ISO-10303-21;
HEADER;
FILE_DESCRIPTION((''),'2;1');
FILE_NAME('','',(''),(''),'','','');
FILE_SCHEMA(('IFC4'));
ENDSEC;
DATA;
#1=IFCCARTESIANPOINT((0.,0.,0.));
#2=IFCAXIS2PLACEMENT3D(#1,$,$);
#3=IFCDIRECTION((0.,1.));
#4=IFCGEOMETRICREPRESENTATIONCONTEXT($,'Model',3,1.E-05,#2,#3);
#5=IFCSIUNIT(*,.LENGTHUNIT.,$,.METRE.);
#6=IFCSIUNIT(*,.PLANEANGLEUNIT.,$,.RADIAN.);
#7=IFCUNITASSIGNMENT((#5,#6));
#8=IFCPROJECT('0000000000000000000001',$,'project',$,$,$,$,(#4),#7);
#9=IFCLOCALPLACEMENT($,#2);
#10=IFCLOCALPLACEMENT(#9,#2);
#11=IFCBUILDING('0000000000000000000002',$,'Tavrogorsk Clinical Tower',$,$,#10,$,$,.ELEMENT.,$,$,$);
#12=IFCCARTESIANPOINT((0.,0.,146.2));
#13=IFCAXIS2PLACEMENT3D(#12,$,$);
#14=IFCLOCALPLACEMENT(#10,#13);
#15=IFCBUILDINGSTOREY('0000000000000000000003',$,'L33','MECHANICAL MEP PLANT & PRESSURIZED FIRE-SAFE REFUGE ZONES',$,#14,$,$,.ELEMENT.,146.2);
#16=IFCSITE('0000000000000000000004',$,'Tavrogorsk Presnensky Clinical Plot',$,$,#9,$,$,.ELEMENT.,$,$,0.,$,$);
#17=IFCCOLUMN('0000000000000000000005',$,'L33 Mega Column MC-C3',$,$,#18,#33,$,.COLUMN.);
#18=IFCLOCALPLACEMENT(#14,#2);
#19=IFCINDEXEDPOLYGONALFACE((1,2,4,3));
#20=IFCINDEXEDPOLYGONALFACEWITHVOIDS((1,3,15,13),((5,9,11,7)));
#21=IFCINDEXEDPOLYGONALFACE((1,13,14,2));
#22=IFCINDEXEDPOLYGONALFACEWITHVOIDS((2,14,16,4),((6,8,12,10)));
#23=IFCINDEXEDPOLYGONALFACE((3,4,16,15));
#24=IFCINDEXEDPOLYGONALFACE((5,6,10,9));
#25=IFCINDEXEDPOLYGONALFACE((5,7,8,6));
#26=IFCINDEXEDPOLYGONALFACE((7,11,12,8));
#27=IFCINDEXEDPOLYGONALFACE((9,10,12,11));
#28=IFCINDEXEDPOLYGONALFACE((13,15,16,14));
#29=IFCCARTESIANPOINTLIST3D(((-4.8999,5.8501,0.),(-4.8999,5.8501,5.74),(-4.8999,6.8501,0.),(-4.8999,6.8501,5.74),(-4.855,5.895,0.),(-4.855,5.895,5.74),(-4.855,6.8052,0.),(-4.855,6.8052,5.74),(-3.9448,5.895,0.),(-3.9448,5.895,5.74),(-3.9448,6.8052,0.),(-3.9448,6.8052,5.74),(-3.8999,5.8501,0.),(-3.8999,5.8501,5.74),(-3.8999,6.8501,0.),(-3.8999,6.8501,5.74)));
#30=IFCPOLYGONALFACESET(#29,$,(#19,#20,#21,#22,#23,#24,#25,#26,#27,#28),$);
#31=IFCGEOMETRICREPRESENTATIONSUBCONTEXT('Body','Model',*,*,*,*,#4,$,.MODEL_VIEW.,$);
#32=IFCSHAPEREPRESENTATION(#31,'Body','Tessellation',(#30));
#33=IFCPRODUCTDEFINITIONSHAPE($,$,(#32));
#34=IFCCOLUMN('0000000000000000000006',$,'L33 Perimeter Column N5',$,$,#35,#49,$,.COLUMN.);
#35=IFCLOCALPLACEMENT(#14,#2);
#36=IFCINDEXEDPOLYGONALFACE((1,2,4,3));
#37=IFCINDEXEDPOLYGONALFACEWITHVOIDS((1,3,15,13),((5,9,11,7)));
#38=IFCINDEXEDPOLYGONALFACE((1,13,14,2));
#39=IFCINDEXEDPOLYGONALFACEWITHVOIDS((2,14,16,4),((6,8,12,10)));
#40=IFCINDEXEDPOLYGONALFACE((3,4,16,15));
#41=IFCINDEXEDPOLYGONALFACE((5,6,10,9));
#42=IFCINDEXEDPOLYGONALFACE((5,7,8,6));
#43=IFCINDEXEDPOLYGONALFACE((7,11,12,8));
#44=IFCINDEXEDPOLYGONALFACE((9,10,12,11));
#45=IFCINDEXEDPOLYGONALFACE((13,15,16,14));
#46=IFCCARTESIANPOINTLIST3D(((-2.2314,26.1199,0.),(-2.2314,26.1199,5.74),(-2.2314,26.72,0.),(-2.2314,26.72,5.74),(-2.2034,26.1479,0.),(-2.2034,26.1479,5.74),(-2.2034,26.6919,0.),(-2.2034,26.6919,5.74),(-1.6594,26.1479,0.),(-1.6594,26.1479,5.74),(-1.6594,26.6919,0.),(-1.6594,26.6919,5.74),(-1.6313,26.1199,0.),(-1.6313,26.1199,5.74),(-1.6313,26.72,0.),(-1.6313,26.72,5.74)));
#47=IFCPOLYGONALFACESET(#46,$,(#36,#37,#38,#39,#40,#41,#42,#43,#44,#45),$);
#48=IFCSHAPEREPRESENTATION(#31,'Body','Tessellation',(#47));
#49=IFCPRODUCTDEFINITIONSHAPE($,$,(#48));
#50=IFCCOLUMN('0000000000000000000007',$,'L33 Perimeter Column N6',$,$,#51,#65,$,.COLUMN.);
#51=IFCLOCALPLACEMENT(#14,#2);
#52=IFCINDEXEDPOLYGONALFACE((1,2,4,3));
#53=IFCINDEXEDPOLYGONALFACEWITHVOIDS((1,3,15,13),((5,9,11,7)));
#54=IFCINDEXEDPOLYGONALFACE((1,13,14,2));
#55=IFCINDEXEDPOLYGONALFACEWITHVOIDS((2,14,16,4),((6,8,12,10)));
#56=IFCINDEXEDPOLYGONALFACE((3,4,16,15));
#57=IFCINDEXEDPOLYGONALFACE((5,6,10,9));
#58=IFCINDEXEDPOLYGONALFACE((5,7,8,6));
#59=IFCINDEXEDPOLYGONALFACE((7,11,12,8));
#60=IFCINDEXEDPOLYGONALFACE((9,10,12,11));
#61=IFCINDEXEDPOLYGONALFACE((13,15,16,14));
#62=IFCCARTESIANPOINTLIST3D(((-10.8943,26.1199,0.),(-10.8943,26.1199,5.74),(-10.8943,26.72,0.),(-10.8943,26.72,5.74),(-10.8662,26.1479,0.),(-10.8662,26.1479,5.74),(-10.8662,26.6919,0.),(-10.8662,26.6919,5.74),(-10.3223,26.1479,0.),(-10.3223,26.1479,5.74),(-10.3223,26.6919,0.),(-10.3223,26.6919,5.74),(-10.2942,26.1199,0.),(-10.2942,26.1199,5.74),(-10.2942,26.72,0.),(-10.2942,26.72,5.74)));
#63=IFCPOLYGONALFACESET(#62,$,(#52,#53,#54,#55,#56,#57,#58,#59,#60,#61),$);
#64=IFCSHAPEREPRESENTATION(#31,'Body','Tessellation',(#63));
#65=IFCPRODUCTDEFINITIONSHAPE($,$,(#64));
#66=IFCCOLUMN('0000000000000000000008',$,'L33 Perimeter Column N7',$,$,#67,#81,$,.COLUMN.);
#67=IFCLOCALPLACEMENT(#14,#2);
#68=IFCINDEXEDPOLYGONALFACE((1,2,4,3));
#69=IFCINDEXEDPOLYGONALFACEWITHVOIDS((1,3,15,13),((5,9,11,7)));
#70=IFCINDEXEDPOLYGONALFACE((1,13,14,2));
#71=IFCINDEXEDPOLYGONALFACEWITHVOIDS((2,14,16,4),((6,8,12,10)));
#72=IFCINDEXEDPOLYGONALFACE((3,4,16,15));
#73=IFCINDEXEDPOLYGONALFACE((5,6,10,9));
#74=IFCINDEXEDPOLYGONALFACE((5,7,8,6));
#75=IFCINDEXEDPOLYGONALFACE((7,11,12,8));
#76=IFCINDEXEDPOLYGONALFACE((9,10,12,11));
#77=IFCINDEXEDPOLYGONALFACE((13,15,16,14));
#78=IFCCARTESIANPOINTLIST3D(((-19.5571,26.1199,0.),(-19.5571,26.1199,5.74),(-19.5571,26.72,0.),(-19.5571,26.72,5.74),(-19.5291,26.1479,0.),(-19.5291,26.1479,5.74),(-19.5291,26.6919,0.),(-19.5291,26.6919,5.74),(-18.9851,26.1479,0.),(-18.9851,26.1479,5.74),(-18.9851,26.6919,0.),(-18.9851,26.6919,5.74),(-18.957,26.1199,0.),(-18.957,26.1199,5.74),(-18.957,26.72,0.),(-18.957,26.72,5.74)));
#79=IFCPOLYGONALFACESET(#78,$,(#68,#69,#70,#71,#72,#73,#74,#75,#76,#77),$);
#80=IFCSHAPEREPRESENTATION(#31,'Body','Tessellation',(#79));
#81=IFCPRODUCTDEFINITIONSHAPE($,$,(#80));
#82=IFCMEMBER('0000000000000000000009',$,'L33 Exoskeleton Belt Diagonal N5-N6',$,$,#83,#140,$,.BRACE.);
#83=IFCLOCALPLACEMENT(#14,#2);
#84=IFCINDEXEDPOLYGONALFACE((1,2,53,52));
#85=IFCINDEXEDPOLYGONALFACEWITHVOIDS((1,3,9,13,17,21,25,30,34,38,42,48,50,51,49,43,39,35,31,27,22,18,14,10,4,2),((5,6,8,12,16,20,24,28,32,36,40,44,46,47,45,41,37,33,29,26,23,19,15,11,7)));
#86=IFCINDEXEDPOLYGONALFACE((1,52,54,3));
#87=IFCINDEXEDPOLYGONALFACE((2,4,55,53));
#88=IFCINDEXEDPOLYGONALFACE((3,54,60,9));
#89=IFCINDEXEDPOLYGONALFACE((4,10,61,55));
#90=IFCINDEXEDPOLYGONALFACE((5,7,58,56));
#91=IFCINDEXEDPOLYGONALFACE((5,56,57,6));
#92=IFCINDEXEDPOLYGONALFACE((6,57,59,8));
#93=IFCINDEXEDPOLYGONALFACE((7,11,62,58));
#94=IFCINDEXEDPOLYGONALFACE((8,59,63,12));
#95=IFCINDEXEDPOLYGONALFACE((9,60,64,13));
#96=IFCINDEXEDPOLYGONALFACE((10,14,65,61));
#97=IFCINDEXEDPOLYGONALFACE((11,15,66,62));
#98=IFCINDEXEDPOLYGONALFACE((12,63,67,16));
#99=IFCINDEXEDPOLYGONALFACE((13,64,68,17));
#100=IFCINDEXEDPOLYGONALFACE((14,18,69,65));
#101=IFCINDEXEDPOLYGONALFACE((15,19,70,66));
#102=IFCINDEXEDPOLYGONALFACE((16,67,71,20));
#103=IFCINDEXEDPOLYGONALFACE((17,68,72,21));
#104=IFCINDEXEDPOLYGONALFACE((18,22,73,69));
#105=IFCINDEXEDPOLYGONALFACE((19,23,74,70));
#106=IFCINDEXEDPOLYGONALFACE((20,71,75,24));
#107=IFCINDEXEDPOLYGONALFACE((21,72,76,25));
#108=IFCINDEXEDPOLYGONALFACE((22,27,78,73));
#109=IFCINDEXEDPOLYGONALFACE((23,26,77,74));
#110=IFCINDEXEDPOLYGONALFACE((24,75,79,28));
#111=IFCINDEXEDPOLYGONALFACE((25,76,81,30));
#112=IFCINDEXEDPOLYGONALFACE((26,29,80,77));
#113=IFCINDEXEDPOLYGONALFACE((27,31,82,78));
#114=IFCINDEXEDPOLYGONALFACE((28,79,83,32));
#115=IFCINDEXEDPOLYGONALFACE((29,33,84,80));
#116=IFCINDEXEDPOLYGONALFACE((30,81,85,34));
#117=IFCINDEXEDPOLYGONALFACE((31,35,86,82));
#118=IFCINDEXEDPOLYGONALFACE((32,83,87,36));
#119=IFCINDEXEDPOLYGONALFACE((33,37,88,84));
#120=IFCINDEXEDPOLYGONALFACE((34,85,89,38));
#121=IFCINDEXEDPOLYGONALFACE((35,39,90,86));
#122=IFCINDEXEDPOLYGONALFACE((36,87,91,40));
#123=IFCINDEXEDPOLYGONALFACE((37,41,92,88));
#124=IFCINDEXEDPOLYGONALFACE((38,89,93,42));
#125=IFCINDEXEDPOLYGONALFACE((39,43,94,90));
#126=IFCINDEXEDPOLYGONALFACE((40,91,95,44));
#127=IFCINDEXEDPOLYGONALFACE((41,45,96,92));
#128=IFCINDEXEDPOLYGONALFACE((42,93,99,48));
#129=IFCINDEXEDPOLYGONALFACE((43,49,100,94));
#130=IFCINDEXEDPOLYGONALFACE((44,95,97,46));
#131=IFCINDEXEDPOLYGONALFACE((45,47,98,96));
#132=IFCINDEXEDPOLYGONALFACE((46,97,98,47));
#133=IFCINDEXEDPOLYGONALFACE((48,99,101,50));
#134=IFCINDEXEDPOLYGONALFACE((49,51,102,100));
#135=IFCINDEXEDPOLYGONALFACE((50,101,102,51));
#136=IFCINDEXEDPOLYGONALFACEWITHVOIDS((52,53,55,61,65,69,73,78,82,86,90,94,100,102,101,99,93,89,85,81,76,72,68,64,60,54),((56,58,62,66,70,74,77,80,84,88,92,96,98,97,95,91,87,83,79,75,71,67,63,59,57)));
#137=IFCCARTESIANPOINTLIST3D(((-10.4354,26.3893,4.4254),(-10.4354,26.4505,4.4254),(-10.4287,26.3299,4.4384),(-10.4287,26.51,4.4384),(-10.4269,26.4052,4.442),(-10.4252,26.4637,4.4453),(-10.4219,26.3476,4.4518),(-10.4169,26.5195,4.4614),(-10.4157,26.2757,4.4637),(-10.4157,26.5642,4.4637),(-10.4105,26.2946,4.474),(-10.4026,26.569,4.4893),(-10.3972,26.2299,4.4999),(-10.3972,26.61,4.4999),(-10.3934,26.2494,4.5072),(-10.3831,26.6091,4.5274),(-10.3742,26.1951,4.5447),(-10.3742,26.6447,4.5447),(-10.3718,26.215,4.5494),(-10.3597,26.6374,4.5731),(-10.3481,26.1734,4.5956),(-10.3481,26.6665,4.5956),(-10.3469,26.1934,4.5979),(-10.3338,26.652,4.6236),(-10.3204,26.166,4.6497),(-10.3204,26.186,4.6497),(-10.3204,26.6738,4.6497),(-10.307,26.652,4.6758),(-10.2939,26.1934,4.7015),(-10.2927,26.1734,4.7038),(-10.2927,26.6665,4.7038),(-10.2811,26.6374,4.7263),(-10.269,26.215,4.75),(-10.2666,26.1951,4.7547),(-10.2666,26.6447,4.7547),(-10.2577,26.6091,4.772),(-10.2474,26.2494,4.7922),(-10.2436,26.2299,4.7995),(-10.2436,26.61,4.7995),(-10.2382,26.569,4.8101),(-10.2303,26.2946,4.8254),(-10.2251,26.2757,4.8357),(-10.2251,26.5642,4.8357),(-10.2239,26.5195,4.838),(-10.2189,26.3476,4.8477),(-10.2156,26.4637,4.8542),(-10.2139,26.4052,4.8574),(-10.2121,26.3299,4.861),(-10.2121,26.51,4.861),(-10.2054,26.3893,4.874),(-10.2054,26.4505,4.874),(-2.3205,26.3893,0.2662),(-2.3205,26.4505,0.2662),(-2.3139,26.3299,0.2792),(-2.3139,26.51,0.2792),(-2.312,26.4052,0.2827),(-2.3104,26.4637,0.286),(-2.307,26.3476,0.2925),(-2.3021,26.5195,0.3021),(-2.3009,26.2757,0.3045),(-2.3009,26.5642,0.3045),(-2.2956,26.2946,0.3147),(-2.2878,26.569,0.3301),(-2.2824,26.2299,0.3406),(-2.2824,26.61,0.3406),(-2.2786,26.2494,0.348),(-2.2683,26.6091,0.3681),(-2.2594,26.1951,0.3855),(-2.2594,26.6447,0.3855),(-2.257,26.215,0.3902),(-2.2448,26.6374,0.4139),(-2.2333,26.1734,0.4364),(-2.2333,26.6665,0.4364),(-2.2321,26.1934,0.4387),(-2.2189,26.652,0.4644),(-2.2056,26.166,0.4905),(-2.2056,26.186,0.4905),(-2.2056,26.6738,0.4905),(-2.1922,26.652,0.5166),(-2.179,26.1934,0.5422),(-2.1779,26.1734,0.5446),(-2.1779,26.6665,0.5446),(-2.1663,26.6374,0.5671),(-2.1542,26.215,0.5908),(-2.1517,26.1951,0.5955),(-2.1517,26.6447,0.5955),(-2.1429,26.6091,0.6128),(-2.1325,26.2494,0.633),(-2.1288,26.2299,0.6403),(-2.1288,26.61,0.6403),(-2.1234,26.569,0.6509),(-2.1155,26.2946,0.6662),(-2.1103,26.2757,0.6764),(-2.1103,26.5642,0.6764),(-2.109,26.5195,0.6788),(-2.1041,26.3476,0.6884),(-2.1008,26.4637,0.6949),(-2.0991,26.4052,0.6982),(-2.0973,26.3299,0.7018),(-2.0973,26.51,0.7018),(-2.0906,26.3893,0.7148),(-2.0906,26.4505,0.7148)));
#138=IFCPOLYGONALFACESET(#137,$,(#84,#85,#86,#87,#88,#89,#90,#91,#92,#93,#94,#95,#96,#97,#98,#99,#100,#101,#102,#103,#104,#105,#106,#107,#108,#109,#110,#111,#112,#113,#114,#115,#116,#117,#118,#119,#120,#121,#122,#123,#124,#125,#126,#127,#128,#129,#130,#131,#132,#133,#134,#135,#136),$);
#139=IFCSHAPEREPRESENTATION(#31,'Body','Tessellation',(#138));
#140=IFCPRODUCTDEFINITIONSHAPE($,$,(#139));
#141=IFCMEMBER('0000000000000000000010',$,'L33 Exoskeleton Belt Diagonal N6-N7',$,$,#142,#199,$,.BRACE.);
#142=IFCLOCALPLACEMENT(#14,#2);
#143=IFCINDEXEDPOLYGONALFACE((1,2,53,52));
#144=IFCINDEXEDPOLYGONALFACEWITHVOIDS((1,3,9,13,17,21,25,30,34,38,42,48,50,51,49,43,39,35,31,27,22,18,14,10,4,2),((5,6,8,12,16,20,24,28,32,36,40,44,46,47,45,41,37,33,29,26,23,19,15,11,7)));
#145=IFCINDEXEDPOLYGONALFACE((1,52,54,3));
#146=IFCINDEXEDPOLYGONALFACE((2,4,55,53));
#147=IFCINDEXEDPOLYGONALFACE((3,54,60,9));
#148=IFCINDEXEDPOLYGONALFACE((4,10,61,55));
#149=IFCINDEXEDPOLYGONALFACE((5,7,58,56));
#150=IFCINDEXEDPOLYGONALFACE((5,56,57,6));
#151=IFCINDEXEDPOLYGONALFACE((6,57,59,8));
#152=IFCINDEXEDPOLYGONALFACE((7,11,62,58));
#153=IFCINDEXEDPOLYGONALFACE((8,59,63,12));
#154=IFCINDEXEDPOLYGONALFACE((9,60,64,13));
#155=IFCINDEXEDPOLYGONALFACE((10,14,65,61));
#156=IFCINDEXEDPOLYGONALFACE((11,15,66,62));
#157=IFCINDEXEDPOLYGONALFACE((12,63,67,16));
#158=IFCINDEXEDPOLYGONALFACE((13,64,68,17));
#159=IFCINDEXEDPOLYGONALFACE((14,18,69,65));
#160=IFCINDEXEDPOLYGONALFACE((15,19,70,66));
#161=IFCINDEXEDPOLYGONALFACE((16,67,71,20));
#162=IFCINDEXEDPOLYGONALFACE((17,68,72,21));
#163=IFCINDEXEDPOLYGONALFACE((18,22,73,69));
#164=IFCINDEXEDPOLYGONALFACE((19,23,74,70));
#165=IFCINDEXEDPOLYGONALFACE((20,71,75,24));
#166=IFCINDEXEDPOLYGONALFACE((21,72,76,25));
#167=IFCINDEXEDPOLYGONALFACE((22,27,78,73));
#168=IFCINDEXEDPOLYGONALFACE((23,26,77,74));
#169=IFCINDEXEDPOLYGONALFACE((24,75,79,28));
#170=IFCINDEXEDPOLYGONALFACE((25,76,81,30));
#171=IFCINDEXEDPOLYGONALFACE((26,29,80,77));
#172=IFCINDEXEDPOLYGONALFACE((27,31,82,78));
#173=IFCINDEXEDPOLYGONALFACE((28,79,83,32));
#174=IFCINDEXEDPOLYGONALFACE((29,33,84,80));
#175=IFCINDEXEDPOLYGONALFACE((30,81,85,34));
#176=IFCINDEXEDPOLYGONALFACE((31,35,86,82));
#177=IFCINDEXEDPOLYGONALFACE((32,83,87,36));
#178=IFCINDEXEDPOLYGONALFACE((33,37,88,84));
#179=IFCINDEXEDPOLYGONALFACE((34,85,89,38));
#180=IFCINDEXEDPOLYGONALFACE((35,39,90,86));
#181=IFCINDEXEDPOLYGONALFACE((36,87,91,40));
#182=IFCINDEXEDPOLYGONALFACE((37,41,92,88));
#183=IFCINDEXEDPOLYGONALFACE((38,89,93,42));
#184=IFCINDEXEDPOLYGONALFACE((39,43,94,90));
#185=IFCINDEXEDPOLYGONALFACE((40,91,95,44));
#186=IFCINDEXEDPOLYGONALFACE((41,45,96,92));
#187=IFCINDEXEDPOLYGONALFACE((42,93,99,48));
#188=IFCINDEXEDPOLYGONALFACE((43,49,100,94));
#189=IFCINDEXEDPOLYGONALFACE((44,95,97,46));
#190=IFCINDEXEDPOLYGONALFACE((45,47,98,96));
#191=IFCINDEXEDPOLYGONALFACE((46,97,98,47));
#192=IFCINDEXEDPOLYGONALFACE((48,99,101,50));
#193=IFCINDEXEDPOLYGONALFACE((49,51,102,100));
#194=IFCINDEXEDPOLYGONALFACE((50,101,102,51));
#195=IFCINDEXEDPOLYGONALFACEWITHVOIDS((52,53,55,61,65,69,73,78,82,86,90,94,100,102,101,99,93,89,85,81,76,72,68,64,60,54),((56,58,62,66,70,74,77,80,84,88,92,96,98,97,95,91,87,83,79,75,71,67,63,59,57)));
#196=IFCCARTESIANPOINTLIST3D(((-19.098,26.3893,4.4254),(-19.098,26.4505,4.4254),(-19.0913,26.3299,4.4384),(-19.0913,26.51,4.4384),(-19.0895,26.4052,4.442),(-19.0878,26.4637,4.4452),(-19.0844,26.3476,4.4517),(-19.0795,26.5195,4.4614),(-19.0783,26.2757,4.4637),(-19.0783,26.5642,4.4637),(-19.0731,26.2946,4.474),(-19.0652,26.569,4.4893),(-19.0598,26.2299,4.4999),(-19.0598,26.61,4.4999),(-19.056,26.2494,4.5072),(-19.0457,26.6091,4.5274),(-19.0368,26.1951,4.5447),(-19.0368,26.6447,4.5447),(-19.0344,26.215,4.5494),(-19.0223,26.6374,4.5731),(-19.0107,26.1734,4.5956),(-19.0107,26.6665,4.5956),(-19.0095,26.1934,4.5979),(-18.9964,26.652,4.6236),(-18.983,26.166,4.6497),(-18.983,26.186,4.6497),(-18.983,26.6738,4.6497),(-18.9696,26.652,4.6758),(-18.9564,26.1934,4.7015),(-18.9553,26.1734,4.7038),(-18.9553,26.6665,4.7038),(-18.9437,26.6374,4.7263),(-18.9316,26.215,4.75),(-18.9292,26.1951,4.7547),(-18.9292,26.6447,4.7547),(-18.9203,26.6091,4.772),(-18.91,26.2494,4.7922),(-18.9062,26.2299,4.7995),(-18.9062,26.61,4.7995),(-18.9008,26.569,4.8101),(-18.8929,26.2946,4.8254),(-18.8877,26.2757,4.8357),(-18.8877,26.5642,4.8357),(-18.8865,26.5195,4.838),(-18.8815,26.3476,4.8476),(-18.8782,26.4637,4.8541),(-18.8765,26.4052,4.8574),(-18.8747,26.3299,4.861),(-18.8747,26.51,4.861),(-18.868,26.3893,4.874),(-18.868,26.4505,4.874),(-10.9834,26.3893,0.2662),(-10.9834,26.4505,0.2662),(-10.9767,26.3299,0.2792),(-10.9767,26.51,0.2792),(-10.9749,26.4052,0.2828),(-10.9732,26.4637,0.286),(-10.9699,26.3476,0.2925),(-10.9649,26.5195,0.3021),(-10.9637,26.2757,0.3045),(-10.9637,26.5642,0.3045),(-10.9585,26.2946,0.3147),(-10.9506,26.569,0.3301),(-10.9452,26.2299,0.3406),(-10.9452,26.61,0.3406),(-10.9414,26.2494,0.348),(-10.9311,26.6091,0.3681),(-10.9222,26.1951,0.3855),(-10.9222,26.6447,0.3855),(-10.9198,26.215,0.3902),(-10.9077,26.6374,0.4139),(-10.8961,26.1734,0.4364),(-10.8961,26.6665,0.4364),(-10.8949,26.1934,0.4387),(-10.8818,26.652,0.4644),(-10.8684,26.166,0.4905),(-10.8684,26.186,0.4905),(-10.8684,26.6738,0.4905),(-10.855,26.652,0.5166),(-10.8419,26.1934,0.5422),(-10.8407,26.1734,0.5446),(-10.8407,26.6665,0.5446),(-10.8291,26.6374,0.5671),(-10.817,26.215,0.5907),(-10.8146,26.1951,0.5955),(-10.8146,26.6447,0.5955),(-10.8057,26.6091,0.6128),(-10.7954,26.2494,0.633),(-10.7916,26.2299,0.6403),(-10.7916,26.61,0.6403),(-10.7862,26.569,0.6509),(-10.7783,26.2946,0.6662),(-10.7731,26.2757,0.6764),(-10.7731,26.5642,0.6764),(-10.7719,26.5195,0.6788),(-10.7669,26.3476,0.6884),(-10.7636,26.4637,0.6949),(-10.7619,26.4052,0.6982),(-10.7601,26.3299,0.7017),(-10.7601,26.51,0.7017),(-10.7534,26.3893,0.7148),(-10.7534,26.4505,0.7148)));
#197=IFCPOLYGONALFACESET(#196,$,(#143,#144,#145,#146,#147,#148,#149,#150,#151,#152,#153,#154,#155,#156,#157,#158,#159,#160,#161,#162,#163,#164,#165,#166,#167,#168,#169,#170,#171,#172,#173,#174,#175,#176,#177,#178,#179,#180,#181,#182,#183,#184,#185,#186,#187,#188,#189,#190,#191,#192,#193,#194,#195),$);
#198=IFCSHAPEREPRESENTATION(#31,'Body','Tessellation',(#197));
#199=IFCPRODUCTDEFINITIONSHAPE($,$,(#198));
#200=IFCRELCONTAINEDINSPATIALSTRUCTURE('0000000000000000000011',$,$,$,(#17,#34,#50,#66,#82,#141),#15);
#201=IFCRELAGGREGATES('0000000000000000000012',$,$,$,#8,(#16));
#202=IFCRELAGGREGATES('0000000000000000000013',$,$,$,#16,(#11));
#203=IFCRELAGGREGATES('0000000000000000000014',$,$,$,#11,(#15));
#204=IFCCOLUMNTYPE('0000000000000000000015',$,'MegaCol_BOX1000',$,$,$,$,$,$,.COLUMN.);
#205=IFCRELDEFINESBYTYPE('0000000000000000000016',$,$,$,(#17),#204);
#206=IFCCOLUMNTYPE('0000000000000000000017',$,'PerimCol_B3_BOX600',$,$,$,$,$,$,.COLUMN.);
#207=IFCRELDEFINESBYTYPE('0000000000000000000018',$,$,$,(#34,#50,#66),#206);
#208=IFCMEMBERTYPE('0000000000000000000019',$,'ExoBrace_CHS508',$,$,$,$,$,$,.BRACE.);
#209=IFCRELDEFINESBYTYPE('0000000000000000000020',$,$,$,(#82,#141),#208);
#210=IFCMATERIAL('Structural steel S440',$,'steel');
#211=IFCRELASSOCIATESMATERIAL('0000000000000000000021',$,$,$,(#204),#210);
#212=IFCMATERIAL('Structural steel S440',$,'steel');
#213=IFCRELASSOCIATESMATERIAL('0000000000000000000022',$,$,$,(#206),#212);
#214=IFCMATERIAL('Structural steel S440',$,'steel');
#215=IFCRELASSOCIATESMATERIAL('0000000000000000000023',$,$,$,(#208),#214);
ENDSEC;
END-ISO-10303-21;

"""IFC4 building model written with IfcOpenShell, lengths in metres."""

from ifc_helpers import new_model, si_unit, direction, frame, origin, origin_2d, place, context, subcontext, project, spatial, hollow_rectangle, hollow_circle, extrude, material, material_profile, profile_set, type_object, element, save


model = new_model("IFC4")

# Units and contexts
model_context = context("Model", 3, precision=1e-05, world=origin(), true_north=direction((0.0, 1.0)))
body_context = subcontext(model_context, "Body", "Model", "MODEL_VIEW")
ifc_project = project(units=[si_unit("LENGTHUNIT", "METRE"), si_unit("PLANEANGLEUNIT", "RADIAN")], contexts=[model_context])

# Site, building, storey
site_placement = place(None, origin())
site = spatial("IfcSite", under=ifc_project, at=site_placement, Name="Tavrogorsk Presnensky Clinical Plot", CompositionType="ELEMENT", RefElevation=0.0)
building_placement = place(site_placement, origin())
building = spatial("IfcBuilding", under=site, at=building_placement, Name="Tavrogorsk Clinical Tower", CompositionType="ELEMENT")
storey_placement = place(building_placement, frame((0.0, 0.0, 146.2)))
storey = spatial("IfcBuildingStorey", under=building, at=storey_placement, Name="L33", Description="MECHANICAL MEP PLANT & PRESSURIZED FIRE-SAFE REFUGE ZONES", CompositionType="ELEMENT", Elevation=146.2)

# Columns
ifc_material_1 = material(Name="Structural steel S440", Category="steel")
ifc_material_profile_1 = material_profile(ifc_material_1, hollow_rectangle(XDim=1.0, YDim=1.0, WallThickness=0.0449, at=origin_2d()), Name="BOX-1000x1000x45")
ifc_profile_set_1 = profile_set([ifc_material_profile_1], Name="Structural steel S440")
column_type_1 = type_object("IfcColumnType", Name="MegaCol_BOX1000", PredefinedType="COLUMN", material=ifc_profile_set_1)
column_placement = place(storey_placement, frame((-4.3999, 6.3501, 0.0), z_axis=(0.0, 0.0, 1.0), x_axis=(1.0, 0.0, 0.0)))
element("IfcColumn", 1, at=column_placement, inside=storey, type_object=column_type_1, Name="L33 Mega Column MC-C3", PredefinedType="COLUMN", context=body_context, shape_type="SweptSolid", body=[
    extrude(hollow_rectangle(XDim=1.0, YDim=1.0, WallThickness=0.0449, at=origin_2d()), origin(), (0.0, 0.0, 1.0), 5.74),
])
ifc_material_2 = material(Name="Structural steel S440", Category="steel")
ifc_material_profile_2 = material_profile(ifc_material_2, hollow_rectangle(XDim=0.6001, YDim=0.6001, WallThickness=0.0281, at=origin_2d()), Name="BOX-600x600x28")
ifc_profile_set_2 = profile_set([ifc_material_profile_2], Name="Structural steel S440")
column_type_2 = type_object("IfcColumnType", Name="PerimCol_B3_BOX600", PredefinedType="COLUMN", material=ifc_profile_set_2)
for number, where, z_axis, x_axis, name in (
    (2, (-1.9314, 26.4199, 0.0), (0.0, 0.0, 1.0), (1.0, 0.0, 0.0), "L33 Perimeter Column N5"),
    (3, (-10.5942, 26.4199, 0.0), (0.0, 0.0, 1.0), (1.0, 0.0, 0.0), "L33 Perimeter Column N6"),
    (4, (-19.2571, 26.4199, 0.0), (0.0, 0.0, 1.0), (1.0, 0.0, 0.0), "L33 Perimeter Column N7"),
):
    element("IfcColumn", number, at=place(storey_placement, frame(where, z_axis=z_axis, x_axis=x_axis)), inside=storey, type_object=column_type_2, Name=name, PredefinedType="COLUMN", context=body_context, shape_type="SweptSolid", body=[
        extrude(hollow_rectangle(XDim=0.6001, YDim=0.6001, WallThickness=0.0281, at=origin_2d()), origin(), (0.0, 0.0, 1.0), 5.74),
    ])

# Members
ifc_material_3 = material(Name="Structural steel S440", Category="steel")
ifc_material_profile_3 = material_profile(ifc_material_3, hollow_circle(Radius=0.2539, WallThickness=0.02, at=origin_2d()), Name="CHS-508x20")
ifc_profile_set_3 = profile_set([ifc_material_profile_3], Name="Structural steel S440")
member_type_1 = type_object("IfcMemberType", Name="ExoBrace_CHS508", PredefinedType="BRACE", material=ifc_profile_set_3)
member_1_placement = place(storey_placement, frame((-2.2056, 26.4199, 0.4905), z_axis=(-0.889917, 0.0, 0.456123), x_axis=(0.0, -1.0, 0.0)))
element("IfcMember", 5, at=member_1_placement, inside=storey, type_object=member_type_1, Name="L33 Exoskeleton Belt Diagonal N5-N6", PredefinedType="BRACE", context=body_context, shape_type="SweptSolid", body=[
    extrude(hollow_circle(Radius=0.2539, WallThickness=0.02, at=origin_2d()), origin(), (0.0, 0.0, 1.0), 9.1187),
])
member_2_placement = place(storey_placement, frame((-10.8684, 26.4199, 0.4905), z_axis=(-0.889911, 0.0, 0.456134), x_axis=(0.0, -1.0, 0.0)))
element("IfcMember", 6, at=member_2_placement, inside=storey, type_object=member_type_1, Name="L33 Exoskeleton Belt Diagonal N6-N7", PredefinedType="BRACE", context=body_context, shape_type="SweptSolid", body=[
    extrude(hollow_circle(Radius=0.2539, WallThickness=0.02, at=origin_2d()), origin(), (0.0, 0.0, 1.0), 9.1184),
])

save(model, "model.ifc")
